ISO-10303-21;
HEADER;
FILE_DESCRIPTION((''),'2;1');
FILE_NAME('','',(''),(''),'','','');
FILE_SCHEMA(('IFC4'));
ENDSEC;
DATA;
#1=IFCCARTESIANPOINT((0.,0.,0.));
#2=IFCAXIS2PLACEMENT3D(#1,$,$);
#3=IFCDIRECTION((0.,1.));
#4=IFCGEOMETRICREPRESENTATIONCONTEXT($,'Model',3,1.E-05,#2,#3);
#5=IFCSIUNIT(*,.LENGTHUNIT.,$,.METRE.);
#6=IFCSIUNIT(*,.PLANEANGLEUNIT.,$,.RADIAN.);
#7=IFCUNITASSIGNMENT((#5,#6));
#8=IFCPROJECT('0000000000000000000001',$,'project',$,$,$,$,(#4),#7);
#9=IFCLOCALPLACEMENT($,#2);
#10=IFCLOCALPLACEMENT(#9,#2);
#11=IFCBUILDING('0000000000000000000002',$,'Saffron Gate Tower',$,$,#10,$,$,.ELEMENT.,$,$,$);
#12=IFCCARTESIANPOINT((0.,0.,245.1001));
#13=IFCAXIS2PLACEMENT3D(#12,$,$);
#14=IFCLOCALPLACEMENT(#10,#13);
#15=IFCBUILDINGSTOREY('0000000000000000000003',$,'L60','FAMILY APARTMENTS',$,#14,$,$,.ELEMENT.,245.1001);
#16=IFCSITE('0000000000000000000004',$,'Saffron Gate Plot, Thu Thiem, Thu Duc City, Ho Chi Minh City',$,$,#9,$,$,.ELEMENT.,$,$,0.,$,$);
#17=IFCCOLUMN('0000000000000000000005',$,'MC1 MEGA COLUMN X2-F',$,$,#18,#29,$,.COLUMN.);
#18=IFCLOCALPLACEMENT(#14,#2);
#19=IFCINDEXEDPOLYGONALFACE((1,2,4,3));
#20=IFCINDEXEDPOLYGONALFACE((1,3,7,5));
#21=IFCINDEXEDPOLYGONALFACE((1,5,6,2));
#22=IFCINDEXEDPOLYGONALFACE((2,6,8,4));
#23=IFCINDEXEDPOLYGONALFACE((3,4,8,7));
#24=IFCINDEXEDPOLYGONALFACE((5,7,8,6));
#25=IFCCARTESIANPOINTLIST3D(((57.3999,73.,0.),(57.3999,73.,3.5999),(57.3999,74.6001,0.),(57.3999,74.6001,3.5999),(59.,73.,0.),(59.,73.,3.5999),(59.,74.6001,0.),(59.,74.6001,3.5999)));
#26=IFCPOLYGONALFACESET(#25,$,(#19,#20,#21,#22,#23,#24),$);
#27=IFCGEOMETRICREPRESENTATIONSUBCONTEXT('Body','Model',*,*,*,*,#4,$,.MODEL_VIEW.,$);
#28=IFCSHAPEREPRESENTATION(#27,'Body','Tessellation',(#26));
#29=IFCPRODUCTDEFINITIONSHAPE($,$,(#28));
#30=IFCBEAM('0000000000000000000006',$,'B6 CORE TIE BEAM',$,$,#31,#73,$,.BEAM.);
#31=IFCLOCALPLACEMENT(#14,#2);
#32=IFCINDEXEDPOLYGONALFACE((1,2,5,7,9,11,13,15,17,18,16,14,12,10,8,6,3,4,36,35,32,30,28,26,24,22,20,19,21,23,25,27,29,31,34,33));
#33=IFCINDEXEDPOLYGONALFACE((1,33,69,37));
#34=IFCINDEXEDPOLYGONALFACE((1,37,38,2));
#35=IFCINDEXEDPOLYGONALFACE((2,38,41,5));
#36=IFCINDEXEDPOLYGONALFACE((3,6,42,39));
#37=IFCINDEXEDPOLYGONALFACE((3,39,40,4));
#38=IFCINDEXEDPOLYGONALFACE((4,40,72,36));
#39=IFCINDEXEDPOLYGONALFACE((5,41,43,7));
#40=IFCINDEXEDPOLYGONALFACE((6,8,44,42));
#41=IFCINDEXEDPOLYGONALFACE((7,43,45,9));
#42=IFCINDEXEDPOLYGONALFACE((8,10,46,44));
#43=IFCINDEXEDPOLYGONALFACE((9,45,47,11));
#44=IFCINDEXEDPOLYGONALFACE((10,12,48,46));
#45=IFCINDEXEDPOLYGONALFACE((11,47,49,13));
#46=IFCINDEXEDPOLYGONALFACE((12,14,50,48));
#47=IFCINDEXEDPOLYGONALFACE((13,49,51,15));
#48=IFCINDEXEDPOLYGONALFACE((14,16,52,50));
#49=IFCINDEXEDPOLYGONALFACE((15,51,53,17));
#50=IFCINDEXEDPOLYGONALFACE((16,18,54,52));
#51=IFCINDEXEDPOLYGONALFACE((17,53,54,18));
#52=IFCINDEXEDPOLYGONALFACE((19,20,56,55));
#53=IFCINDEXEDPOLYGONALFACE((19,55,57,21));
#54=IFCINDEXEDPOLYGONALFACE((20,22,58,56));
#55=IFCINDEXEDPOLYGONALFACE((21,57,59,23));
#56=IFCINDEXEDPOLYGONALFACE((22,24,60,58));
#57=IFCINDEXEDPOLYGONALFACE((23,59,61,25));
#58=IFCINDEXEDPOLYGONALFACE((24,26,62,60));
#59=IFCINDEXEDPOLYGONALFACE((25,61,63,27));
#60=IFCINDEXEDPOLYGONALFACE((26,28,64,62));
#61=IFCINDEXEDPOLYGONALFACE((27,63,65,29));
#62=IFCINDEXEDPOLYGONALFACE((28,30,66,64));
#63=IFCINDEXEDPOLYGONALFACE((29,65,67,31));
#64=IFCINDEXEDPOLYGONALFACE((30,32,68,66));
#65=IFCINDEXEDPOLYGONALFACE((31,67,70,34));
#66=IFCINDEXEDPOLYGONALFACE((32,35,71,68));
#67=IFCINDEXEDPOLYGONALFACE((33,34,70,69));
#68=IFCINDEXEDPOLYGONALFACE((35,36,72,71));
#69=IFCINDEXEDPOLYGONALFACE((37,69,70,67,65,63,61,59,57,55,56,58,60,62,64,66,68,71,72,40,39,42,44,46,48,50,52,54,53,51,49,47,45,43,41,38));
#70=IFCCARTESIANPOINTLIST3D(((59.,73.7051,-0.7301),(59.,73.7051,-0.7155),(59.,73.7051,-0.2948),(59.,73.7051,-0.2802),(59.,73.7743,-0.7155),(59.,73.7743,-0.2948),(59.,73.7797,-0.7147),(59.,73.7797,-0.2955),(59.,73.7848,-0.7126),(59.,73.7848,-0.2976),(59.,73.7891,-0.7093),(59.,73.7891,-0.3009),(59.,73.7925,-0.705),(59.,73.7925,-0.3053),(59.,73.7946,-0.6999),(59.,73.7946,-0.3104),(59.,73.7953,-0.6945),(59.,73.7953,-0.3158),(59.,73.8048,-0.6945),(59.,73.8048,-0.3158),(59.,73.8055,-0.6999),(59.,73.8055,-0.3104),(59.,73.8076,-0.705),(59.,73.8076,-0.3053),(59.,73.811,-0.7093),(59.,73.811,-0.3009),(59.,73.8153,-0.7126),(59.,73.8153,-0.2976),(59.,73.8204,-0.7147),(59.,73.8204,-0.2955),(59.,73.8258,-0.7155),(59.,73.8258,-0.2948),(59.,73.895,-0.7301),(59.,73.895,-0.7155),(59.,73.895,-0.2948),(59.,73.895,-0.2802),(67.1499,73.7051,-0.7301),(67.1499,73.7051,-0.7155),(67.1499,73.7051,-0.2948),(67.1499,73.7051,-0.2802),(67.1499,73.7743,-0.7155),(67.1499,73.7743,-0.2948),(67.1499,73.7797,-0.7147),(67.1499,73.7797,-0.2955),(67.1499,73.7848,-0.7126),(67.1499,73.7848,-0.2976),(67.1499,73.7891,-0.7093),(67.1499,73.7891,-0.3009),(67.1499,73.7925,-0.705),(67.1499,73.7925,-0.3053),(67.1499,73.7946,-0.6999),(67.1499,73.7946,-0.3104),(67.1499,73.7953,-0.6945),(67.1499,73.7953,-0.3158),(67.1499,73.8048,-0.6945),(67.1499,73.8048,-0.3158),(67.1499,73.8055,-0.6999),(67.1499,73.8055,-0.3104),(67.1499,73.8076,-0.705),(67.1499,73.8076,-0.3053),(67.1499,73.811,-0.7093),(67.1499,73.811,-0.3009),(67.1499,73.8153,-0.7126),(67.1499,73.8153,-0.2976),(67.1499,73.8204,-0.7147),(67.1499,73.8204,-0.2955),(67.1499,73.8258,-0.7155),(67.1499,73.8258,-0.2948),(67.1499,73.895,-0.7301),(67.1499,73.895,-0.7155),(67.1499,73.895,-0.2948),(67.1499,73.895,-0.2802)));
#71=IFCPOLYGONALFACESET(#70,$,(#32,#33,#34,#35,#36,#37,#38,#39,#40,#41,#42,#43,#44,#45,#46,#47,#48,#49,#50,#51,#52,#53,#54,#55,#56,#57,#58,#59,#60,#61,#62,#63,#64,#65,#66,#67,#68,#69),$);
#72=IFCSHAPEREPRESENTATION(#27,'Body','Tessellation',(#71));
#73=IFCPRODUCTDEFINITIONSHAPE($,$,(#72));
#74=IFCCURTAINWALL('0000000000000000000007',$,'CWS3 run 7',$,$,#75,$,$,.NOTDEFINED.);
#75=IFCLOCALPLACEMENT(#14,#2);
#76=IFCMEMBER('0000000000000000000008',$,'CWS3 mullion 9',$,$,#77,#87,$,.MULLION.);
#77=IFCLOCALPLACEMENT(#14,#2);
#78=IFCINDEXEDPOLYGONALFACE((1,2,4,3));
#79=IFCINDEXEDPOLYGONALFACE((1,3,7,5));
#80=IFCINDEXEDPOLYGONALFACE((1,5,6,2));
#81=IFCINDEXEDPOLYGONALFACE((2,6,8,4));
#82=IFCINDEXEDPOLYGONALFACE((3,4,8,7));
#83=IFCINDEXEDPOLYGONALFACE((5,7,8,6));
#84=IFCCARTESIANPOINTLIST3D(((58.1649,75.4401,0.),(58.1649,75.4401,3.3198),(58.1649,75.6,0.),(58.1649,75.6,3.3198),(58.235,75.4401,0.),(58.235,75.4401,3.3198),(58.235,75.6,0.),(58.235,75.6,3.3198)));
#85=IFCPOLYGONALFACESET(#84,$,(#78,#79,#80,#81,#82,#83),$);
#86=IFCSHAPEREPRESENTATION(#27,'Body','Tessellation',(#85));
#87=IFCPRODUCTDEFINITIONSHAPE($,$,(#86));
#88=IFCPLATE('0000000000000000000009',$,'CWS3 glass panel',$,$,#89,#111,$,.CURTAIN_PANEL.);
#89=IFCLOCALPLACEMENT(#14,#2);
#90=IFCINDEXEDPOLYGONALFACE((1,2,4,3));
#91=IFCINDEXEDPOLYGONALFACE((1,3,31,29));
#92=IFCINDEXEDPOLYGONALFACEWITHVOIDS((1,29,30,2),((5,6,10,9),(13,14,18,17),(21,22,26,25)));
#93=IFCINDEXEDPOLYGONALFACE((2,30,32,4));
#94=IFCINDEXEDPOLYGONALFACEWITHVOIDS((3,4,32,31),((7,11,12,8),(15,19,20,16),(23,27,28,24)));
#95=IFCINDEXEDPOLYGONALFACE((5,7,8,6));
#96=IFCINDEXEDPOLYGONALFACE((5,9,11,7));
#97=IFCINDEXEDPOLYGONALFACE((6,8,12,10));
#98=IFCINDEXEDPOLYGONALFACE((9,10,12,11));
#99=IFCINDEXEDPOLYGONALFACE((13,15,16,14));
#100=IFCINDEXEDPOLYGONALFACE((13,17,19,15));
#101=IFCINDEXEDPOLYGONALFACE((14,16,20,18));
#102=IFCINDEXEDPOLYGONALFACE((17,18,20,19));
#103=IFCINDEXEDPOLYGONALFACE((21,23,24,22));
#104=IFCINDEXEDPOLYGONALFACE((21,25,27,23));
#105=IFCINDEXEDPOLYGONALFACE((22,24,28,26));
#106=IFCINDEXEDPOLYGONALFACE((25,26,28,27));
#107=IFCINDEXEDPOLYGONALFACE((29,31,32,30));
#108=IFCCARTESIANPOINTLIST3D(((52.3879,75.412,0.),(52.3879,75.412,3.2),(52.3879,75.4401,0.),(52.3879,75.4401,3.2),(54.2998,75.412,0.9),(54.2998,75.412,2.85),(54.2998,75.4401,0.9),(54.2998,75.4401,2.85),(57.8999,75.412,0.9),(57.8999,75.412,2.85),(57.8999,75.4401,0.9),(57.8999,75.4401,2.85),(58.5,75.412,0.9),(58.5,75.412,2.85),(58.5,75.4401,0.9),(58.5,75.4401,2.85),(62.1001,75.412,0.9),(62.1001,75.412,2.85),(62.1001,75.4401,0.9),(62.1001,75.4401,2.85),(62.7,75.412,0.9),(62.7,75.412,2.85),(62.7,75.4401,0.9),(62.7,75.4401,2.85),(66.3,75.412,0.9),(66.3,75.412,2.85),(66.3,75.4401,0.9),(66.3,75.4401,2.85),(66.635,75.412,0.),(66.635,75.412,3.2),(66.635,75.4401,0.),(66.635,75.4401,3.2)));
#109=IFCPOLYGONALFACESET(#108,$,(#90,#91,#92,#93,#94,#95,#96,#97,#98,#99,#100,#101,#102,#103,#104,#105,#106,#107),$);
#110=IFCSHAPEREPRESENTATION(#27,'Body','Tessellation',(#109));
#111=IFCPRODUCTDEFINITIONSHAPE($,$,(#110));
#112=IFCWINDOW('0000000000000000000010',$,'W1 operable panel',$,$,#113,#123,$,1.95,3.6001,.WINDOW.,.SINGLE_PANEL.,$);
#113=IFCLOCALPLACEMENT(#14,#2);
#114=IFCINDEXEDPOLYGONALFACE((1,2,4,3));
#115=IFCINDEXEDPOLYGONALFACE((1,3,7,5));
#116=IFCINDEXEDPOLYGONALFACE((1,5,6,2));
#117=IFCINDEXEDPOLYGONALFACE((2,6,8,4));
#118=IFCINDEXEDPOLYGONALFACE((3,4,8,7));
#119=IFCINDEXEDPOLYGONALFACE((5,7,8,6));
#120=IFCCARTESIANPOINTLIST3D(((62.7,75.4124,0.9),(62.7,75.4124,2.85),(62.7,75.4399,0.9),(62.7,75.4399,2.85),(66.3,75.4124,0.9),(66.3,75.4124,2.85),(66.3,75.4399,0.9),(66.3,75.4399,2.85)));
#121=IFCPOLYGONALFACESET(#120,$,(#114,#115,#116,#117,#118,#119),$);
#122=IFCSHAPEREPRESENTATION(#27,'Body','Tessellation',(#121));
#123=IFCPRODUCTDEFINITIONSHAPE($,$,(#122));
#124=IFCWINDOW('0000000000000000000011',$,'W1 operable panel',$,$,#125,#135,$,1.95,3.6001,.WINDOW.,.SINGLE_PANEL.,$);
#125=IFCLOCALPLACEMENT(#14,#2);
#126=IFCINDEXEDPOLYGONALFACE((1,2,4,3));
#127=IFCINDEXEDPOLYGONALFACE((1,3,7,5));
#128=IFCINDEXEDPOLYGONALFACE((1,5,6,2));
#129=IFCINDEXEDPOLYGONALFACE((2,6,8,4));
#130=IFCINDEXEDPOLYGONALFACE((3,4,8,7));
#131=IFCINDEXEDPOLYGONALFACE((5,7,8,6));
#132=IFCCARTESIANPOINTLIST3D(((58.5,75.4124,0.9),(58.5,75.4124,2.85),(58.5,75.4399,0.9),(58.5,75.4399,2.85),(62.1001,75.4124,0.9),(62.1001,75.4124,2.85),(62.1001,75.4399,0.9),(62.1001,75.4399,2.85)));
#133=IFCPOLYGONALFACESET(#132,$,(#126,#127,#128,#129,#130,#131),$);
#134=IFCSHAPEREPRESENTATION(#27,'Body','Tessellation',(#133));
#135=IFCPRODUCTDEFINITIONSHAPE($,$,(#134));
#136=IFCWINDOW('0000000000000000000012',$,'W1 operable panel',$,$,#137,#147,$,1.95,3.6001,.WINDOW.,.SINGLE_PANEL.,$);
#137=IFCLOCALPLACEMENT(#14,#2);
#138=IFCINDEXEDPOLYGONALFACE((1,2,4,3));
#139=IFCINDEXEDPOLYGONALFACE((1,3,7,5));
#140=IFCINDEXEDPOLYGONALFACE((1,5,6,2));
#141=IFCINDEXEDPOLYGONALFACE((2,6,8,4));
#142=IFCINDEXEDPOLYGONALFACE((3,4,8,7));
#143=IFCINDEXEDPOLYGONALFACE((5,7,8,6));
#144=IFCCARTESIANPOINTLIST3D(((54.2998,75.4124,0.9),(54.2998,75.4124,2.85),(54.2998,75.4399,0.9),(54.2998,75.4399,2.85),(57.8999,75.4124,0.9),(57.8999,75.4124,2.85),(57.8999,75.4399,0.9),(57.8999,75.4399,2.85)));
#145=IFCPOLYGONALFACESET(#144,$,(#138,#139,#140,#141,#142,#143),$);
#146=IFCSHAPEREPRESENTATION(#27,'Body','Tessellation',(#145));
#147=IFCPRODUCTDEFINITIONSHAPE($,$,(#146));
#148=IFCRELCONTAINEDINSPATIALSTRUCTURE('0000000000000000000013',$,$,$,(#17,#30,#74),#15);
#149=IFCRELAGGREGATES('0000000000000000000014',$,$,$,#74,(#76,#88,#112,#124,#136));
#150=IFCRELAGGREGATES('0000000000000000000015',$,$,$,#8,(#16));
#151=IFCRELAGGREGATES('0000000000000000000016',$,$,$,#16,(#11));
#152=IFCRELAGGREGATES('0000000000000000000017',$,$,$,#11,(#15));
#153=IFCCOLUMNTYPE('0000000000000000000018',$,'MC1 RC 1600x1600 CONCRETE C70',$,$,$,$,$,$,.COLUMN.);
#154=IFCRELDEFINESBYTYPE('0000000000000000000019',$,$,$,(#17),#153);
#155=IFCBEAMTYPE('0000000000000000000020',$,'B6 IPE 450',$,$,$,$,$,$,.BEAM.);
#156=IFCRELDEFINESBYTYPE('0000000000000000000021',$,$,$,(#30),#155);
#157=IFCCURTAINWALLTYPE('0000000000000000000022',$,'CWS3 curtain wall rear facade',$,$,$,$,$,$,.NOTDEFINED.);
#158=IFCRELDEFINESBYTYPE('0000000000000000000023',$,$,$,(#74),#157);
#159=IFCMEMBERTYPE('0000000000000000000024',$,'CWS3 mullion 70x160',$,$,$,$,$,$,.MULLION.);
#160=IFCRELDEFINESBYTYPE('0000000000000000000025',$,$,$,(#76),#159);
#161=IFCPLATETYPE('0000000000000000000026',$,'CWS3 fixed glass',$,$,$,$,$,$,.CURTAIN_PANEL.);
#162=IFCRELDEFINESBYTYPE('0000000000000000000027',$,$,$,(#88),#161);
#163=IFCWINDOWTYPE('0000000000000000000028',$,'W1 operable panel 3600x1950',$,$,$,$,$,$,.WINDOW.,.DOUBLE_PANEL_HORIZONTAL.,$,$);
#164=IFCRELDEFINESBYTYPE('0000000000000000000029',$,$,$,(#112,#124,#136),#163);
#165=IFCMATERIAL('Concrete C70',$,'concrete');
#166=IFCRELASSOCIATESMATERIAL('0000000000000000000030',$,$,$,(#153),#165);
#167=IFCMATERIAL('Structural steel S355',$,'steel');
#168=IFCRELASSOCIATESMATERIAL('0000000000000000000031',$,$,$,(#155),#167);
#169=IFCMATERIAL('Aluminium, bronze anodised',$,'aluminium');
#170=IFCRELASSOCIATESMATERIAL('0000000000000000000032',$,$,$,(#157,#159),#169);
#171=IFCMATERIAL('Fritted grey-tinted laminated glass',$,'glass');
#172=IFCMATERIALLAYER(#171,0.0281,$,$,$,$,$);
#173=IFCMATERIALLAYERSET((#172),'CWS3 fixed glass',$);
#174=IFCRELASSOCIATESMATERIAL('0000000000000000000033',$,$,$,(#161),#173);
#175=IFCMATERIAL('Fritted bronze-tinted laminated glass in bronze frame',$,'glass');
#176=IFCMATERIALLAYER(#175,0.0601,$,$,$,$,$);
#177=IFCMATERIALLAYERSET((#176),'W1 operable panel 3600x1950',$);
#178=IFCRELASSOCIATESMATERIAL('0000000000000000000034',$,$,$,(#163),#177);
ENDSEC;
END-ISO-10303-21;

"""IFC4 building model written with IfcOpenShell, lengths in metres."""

from ifc_helpers import new_model, si_unit, direction, frame, frame_2d, origin, origin_2d, place, context, subcontext, project, spatial, rectangle, i_section, extrude, material, layer, layer_set, material_profile, profile_set, type_object, element, fill, aggregate, save


model = new_model("IFC4")

# Units and contexts
model_context = context("Model", 3, precision=1e-05, world=origin(), true_north=direction((0.0, 1.0)))
body_context = subcontext(model_context, "Body", "Model", "MODEL_VIEW")
ifc_project = project(units=[si_unit("LENGTHUNIT", "METRE"), si_unit("PLANEANGLEUNIT", "RADIAN")], contexts=[model_context])

# Site, building, storey
site_placement = place(None, origin())
site = spatial("IfcSite", under=ifc_project, at=site_placement, Name="Saffron Gate Plot, Thu Thiem, Thu Duc City, Ho Chi Minh City", CompositionType="ELEMENT", RefElevation=0.0)
building_placement = place(site_placement, origin())
building = spatial("IfcBuilding", under=site, at=building_placement, Name="Saffron Gate Tower", CompositionType="ELEMENT")
storey_placement = place(building_placement, frame((0.0, 0.0, 245.1001)))
storey = spatial("IfcBuildingStorey", under=building, at=storey_placement, Name="L60", Description="FAMILY APARTMENTS", CompositionType="ELEMENT", Elevation=245.1001)

# Column
ifc_material_1 = material(Name="Concrete C70", Category="concrete")
ifc_material_profile_1 = material_profile(ifc_material_1, rectangle(XDim=1.6001, YDim=1.6001, at=origin_2d()))
ifc_profile_set_1 = profile_set([ifc_material_profile_1], Name="Concrete C70")
column_type = type_object("IfcColumnType", Name="MC1 RC 1600x1600 CONCRETE C70", PredefinedType="COLUMN", material=ifc_profile_set_1)
column_placement = place(storey_placement, frame((58.2, 73.8, 0.0), z_axis=(0.0, 0.0, 1.0), x_axis=(1.0, 0.0, 0.0)))
element("IfcColumn", 1, at=column_placement, inside=storey, type_object=column_type, Name="MC1 MEGA COLUMN X2-F", PredefinedType="COLUMN", context=body_context, shape_type="SweptSolid", body=[
    extrude(rectangle(XDim=1.6001, YDim=1.6001, at=origin_2d()), origin(), (0.0, 0.0, 1.0), 3.5999),
])

# Beam
ifc_material_2 = material(Name="Structural steel S355", Category="steel")
ifc_material_profile_2 = material_profile(ifc_material_2, i_section(OverallWidth=0.1899, OverallDepth=0.45, WebThickness=0.0095, FlangeThickness=0.0146, FilletRadius=0.021, at=origin_2d()))
ifc_profile_set_2 = profile_set([ifc_material_profile_2], Name="Structural steel S355")
beam_type = type_object("IfcBeamType", Name="B6 IPE 450", PredefinedType="BEAM", material=ifc_profile_set_2)
beam_placement = place(storey_placement, frame((59.0, 73.8, -0.5051), z_axis=(1.0, 0.0, 0.0), x_axis=(0.0, 1.0, 0.0)))
element("IfcBeam", 2, at=beam_placement, inside=storey, type_object=beam_type, Name="B6 CORE TIE BEAM", PredefinedType="BEAM", context=body_context, shape_type="SweptSolid", body=[
    extrude(i_section(OverallWidth=0.1899, OverallDepth=0.45, WebThickness=0.0095, FlangeThickness=0.0146, FilletRadius=0.021, at=origin_2d()), origin(), (0.0, 0.0, 1.0), 8.1499),
])

# Curtain wall, member, plate, openings, windows
ifc_material_3 = material(Name="Aluminium, bronze anodised", Category="aluminium")
curtain_wall_type = type_object("IfcCurtainWallType", Name="CWS3 curtain wall rear facade", PredefinedType="NOTDEFINED", material=ifc_material_3)
curtain_wall_placement = place(storey_placement, origin())
curtain_wall = element("IfcCurtainWall", 3, at=curtain_wall_placement, inside=storey, type_object=curtain_wall_type, Name="CWS3 run 7", PredefinedType="NOTDEFINED")
ifc_material_profile_3 = material_profile(ifc_material_3, rectangle(XDim=0.1599, YDim=0.0701, at=origin_2d()))
ifc_profile_set_3 = profile_set([ifc_material_profile_3], Name="Aluminium, bronze anodised")
member_type = type_object("IfcMemberType", Name="CWS3 mullion 70x160", PredefinedType="MULLION", material=ifc_profile_set_3)
member_placement = place(storey_placement, frame((58.2, 75.52, 0.0), z_axis=(0.0, 0.0, 1.0), x_axis=(0.0, -1.0, 0.0)))
member = element("IfcMember", 4, at=member_placement, type_object=member_type, Name="CWS3 mullion 9", PredefinedType="MULLION", context=body_context, shape_type="SweptSolid", body=[
    extrude(rectangle(XDim=0.1599, YDim=0.0701, at=origin_2d()), origin(), (0.0, 0.0, 1.0), 3.3198),
])
ifc_material_4 = material(Name="Fritted grey-tinted laminated glass", Category="glass")
ifc_layer_1 = layer(ifc_material_4, 0.0281)
ifc_layer_set_1 = layer_set([ifc_layer_1], Name="CWS3 fixed glass")
plate_type = type_object("IfcPlateType", Name="CWS3 fixed glass", PredefinedType="CURTAIN_PANEL", material=ifc_layer_set_1)
plate_placement = place(storey_placement, frame((66.635, 75.426, 0.0), z_axis=(0.0, 0.0, 1.0), x_axis=(-1.0, 0.0, 0.0)))
plate = element("IfcPlate", 5, at=plate_placement, type_object=plate_type, Name="CWS3 glass panel", PredefinedType="CURTAIN_PANEL", context=body_context, shape_type="SweptSolid", body=[
    extrude(rectangle(XDim=14.2471, YDim=0.0281, at=frame_2d((7.1235, 0.0))), origin(), (0.0, 0.0, 1.0), 3.2),
])
opening_1_placement = place(plate_placement, frame((0.335, 0.0, 0.8999)))
opening_1 = element("IfcOpeningElement", 6, at=opening_1_placement, cuts=plate, PredefinedType="OPENING", context=body_context, shape_type="SweptSolid", body=[
    extrude(rectangle(XDim=3.6001, YDim=1.95, at=frame_2d((1.8, 0.9751))), frame((0.0, 0.0239, 0.0), z_axis=(0.0, -1.0, 0.0), x_axis=(1.0, 0.0, 0.0)), (0.0, 0.0, 1.0), 0.0481),
])
opening_2_placement = place(plate_placement, frame((4.5349, 0.0, 0.8999)))
opening_2 = element("IfcOpeningElement", 7, at=opening_2_placement, cuts=plate, PredefinedType="OPENING", context=body_context, shape_type="SweptSolid", body=[
    extrude(rectangle(XDim=3.6001, YDim=1.95, at=frame_2d((1.8, 0.9751))), frame((0.0, 0.0239, 0.0), z_axis=(0.0, -1.0, 0.0), x_axis=(1.0, 0.0, 0.0)), (0.0, 0.0, 1.0), 0.0481),
])
opening_3_placement = place(plate_placement, frame((8.7351, 0.0, 0.8999)))
opening_3 = element("IfcOpeningElement", 8, at=opening_3_placement, cuts=plate, PredefinedType="OPENING", context=body_context, shape_type="SweptSolid", body=[
    extrude(rectangle(XDim=3.6001, YDim=1.95, at=frame_2d((1.8, 0.9751))), frame((0.0, 0.0239, 0.0), z_axis=(0.0, -1.0, 0.0), x_axis=(1.0, 0.0, 0.0)), (0.0, 0.0, 1.0), 0.0481),
])
ifc_material_5 = material(Name="Fritted bronze-tinted laminated glass in bronze frame", Category="glass")
ifc_layer_2 = layer(ifc_material_5, 0.0601)
ifc_layer_set_2 = layer_set([ifc_layer_2], Name="W1 operable panel 3600x1950")
window_type = type_object("IfcWindowType", Name="W1 operable panel 3600x1950", PartitioningType="DOUBLE_PANEL_HORIZONTAL", PredefinedType="WINDOW", material=ifc_layer_set_2)
window_1_placement = place(opening_1_placement, origin())
window_1 = element("IfcWindow", 9, at=window_1_placement, type_object=window_type, Name="W1 operable panel", OverallHeight=1.95, OverallWidth=3.6001, PartitioningType="SINGLE_PANEL", PredefinedType="WINDOW", context=body_context, shape_type="SweptSolid", body=[
    extrude(rectangle(XDim=3.6001, YDim=1.95, at=frame_2d((1.8, 0.9751))), frame((0.0, 0.0137, 0.0), z_axis=(0.0, -1.0, 0.0), x_axis=(1.0, 0.0, 0.0)), (0.0, 0.0, 1.0), 0.0276),
])
fill(opening_1, window_1)
window_2_placement = place(opening_2_placement, origin())
window_2 = element("IfcWindow", 10, at=window_2_placement, type_object=window_type, Name="W1 operable panel", OverallHeight=1.95, OverallWidth=3.6001, PartitioningType="SINGLE_PANEL", PredefinedType="WINDOW", context=body_context, shape_type="SweptSolid", body=[
    extrude(rectangle(XDim=3.6001, YDim=1.95, at=frame_2d((1.8, 0.9751))), frame((0.0, 0.0137, 0.0), z_axis=(0.0, -1.0, 0.0), x_axis=(1.0, 0.0, 0.0)), (0.0, 0.0, 1.0), 0.0276),
])
fill(opening_2, window_2)
window_3_placement = place(opening_3_placement, origin())
window_3 = element("IfcWindow", 11, at=window_3_placement, type_object=window_type, Name="W1 operable panel", OverallHeight=1.95, OverallWidth=3.6001, PartitioningType="SINGLE_PANEL", PredefinedType="WINDOW", context=body_context, shape_type="SweptSolid", body=[
    extrude(rectangle(XDim=3.6001, YDim=1.95, at=frame_2d((1.8, 0.9751))), frame((0.0, 0.0137, 0.0), z_axis=(0.0, -1.0, 0.0), x_axis=(1.0, 0.0, 0.0)), (0.0, 0.0, 1.0), 0.0276),
])
fill(opening_3, window_3)
aggregate(curtain_wall, [member, plate, window_1, window_2, window_3])

save(model, "model.ifc")
